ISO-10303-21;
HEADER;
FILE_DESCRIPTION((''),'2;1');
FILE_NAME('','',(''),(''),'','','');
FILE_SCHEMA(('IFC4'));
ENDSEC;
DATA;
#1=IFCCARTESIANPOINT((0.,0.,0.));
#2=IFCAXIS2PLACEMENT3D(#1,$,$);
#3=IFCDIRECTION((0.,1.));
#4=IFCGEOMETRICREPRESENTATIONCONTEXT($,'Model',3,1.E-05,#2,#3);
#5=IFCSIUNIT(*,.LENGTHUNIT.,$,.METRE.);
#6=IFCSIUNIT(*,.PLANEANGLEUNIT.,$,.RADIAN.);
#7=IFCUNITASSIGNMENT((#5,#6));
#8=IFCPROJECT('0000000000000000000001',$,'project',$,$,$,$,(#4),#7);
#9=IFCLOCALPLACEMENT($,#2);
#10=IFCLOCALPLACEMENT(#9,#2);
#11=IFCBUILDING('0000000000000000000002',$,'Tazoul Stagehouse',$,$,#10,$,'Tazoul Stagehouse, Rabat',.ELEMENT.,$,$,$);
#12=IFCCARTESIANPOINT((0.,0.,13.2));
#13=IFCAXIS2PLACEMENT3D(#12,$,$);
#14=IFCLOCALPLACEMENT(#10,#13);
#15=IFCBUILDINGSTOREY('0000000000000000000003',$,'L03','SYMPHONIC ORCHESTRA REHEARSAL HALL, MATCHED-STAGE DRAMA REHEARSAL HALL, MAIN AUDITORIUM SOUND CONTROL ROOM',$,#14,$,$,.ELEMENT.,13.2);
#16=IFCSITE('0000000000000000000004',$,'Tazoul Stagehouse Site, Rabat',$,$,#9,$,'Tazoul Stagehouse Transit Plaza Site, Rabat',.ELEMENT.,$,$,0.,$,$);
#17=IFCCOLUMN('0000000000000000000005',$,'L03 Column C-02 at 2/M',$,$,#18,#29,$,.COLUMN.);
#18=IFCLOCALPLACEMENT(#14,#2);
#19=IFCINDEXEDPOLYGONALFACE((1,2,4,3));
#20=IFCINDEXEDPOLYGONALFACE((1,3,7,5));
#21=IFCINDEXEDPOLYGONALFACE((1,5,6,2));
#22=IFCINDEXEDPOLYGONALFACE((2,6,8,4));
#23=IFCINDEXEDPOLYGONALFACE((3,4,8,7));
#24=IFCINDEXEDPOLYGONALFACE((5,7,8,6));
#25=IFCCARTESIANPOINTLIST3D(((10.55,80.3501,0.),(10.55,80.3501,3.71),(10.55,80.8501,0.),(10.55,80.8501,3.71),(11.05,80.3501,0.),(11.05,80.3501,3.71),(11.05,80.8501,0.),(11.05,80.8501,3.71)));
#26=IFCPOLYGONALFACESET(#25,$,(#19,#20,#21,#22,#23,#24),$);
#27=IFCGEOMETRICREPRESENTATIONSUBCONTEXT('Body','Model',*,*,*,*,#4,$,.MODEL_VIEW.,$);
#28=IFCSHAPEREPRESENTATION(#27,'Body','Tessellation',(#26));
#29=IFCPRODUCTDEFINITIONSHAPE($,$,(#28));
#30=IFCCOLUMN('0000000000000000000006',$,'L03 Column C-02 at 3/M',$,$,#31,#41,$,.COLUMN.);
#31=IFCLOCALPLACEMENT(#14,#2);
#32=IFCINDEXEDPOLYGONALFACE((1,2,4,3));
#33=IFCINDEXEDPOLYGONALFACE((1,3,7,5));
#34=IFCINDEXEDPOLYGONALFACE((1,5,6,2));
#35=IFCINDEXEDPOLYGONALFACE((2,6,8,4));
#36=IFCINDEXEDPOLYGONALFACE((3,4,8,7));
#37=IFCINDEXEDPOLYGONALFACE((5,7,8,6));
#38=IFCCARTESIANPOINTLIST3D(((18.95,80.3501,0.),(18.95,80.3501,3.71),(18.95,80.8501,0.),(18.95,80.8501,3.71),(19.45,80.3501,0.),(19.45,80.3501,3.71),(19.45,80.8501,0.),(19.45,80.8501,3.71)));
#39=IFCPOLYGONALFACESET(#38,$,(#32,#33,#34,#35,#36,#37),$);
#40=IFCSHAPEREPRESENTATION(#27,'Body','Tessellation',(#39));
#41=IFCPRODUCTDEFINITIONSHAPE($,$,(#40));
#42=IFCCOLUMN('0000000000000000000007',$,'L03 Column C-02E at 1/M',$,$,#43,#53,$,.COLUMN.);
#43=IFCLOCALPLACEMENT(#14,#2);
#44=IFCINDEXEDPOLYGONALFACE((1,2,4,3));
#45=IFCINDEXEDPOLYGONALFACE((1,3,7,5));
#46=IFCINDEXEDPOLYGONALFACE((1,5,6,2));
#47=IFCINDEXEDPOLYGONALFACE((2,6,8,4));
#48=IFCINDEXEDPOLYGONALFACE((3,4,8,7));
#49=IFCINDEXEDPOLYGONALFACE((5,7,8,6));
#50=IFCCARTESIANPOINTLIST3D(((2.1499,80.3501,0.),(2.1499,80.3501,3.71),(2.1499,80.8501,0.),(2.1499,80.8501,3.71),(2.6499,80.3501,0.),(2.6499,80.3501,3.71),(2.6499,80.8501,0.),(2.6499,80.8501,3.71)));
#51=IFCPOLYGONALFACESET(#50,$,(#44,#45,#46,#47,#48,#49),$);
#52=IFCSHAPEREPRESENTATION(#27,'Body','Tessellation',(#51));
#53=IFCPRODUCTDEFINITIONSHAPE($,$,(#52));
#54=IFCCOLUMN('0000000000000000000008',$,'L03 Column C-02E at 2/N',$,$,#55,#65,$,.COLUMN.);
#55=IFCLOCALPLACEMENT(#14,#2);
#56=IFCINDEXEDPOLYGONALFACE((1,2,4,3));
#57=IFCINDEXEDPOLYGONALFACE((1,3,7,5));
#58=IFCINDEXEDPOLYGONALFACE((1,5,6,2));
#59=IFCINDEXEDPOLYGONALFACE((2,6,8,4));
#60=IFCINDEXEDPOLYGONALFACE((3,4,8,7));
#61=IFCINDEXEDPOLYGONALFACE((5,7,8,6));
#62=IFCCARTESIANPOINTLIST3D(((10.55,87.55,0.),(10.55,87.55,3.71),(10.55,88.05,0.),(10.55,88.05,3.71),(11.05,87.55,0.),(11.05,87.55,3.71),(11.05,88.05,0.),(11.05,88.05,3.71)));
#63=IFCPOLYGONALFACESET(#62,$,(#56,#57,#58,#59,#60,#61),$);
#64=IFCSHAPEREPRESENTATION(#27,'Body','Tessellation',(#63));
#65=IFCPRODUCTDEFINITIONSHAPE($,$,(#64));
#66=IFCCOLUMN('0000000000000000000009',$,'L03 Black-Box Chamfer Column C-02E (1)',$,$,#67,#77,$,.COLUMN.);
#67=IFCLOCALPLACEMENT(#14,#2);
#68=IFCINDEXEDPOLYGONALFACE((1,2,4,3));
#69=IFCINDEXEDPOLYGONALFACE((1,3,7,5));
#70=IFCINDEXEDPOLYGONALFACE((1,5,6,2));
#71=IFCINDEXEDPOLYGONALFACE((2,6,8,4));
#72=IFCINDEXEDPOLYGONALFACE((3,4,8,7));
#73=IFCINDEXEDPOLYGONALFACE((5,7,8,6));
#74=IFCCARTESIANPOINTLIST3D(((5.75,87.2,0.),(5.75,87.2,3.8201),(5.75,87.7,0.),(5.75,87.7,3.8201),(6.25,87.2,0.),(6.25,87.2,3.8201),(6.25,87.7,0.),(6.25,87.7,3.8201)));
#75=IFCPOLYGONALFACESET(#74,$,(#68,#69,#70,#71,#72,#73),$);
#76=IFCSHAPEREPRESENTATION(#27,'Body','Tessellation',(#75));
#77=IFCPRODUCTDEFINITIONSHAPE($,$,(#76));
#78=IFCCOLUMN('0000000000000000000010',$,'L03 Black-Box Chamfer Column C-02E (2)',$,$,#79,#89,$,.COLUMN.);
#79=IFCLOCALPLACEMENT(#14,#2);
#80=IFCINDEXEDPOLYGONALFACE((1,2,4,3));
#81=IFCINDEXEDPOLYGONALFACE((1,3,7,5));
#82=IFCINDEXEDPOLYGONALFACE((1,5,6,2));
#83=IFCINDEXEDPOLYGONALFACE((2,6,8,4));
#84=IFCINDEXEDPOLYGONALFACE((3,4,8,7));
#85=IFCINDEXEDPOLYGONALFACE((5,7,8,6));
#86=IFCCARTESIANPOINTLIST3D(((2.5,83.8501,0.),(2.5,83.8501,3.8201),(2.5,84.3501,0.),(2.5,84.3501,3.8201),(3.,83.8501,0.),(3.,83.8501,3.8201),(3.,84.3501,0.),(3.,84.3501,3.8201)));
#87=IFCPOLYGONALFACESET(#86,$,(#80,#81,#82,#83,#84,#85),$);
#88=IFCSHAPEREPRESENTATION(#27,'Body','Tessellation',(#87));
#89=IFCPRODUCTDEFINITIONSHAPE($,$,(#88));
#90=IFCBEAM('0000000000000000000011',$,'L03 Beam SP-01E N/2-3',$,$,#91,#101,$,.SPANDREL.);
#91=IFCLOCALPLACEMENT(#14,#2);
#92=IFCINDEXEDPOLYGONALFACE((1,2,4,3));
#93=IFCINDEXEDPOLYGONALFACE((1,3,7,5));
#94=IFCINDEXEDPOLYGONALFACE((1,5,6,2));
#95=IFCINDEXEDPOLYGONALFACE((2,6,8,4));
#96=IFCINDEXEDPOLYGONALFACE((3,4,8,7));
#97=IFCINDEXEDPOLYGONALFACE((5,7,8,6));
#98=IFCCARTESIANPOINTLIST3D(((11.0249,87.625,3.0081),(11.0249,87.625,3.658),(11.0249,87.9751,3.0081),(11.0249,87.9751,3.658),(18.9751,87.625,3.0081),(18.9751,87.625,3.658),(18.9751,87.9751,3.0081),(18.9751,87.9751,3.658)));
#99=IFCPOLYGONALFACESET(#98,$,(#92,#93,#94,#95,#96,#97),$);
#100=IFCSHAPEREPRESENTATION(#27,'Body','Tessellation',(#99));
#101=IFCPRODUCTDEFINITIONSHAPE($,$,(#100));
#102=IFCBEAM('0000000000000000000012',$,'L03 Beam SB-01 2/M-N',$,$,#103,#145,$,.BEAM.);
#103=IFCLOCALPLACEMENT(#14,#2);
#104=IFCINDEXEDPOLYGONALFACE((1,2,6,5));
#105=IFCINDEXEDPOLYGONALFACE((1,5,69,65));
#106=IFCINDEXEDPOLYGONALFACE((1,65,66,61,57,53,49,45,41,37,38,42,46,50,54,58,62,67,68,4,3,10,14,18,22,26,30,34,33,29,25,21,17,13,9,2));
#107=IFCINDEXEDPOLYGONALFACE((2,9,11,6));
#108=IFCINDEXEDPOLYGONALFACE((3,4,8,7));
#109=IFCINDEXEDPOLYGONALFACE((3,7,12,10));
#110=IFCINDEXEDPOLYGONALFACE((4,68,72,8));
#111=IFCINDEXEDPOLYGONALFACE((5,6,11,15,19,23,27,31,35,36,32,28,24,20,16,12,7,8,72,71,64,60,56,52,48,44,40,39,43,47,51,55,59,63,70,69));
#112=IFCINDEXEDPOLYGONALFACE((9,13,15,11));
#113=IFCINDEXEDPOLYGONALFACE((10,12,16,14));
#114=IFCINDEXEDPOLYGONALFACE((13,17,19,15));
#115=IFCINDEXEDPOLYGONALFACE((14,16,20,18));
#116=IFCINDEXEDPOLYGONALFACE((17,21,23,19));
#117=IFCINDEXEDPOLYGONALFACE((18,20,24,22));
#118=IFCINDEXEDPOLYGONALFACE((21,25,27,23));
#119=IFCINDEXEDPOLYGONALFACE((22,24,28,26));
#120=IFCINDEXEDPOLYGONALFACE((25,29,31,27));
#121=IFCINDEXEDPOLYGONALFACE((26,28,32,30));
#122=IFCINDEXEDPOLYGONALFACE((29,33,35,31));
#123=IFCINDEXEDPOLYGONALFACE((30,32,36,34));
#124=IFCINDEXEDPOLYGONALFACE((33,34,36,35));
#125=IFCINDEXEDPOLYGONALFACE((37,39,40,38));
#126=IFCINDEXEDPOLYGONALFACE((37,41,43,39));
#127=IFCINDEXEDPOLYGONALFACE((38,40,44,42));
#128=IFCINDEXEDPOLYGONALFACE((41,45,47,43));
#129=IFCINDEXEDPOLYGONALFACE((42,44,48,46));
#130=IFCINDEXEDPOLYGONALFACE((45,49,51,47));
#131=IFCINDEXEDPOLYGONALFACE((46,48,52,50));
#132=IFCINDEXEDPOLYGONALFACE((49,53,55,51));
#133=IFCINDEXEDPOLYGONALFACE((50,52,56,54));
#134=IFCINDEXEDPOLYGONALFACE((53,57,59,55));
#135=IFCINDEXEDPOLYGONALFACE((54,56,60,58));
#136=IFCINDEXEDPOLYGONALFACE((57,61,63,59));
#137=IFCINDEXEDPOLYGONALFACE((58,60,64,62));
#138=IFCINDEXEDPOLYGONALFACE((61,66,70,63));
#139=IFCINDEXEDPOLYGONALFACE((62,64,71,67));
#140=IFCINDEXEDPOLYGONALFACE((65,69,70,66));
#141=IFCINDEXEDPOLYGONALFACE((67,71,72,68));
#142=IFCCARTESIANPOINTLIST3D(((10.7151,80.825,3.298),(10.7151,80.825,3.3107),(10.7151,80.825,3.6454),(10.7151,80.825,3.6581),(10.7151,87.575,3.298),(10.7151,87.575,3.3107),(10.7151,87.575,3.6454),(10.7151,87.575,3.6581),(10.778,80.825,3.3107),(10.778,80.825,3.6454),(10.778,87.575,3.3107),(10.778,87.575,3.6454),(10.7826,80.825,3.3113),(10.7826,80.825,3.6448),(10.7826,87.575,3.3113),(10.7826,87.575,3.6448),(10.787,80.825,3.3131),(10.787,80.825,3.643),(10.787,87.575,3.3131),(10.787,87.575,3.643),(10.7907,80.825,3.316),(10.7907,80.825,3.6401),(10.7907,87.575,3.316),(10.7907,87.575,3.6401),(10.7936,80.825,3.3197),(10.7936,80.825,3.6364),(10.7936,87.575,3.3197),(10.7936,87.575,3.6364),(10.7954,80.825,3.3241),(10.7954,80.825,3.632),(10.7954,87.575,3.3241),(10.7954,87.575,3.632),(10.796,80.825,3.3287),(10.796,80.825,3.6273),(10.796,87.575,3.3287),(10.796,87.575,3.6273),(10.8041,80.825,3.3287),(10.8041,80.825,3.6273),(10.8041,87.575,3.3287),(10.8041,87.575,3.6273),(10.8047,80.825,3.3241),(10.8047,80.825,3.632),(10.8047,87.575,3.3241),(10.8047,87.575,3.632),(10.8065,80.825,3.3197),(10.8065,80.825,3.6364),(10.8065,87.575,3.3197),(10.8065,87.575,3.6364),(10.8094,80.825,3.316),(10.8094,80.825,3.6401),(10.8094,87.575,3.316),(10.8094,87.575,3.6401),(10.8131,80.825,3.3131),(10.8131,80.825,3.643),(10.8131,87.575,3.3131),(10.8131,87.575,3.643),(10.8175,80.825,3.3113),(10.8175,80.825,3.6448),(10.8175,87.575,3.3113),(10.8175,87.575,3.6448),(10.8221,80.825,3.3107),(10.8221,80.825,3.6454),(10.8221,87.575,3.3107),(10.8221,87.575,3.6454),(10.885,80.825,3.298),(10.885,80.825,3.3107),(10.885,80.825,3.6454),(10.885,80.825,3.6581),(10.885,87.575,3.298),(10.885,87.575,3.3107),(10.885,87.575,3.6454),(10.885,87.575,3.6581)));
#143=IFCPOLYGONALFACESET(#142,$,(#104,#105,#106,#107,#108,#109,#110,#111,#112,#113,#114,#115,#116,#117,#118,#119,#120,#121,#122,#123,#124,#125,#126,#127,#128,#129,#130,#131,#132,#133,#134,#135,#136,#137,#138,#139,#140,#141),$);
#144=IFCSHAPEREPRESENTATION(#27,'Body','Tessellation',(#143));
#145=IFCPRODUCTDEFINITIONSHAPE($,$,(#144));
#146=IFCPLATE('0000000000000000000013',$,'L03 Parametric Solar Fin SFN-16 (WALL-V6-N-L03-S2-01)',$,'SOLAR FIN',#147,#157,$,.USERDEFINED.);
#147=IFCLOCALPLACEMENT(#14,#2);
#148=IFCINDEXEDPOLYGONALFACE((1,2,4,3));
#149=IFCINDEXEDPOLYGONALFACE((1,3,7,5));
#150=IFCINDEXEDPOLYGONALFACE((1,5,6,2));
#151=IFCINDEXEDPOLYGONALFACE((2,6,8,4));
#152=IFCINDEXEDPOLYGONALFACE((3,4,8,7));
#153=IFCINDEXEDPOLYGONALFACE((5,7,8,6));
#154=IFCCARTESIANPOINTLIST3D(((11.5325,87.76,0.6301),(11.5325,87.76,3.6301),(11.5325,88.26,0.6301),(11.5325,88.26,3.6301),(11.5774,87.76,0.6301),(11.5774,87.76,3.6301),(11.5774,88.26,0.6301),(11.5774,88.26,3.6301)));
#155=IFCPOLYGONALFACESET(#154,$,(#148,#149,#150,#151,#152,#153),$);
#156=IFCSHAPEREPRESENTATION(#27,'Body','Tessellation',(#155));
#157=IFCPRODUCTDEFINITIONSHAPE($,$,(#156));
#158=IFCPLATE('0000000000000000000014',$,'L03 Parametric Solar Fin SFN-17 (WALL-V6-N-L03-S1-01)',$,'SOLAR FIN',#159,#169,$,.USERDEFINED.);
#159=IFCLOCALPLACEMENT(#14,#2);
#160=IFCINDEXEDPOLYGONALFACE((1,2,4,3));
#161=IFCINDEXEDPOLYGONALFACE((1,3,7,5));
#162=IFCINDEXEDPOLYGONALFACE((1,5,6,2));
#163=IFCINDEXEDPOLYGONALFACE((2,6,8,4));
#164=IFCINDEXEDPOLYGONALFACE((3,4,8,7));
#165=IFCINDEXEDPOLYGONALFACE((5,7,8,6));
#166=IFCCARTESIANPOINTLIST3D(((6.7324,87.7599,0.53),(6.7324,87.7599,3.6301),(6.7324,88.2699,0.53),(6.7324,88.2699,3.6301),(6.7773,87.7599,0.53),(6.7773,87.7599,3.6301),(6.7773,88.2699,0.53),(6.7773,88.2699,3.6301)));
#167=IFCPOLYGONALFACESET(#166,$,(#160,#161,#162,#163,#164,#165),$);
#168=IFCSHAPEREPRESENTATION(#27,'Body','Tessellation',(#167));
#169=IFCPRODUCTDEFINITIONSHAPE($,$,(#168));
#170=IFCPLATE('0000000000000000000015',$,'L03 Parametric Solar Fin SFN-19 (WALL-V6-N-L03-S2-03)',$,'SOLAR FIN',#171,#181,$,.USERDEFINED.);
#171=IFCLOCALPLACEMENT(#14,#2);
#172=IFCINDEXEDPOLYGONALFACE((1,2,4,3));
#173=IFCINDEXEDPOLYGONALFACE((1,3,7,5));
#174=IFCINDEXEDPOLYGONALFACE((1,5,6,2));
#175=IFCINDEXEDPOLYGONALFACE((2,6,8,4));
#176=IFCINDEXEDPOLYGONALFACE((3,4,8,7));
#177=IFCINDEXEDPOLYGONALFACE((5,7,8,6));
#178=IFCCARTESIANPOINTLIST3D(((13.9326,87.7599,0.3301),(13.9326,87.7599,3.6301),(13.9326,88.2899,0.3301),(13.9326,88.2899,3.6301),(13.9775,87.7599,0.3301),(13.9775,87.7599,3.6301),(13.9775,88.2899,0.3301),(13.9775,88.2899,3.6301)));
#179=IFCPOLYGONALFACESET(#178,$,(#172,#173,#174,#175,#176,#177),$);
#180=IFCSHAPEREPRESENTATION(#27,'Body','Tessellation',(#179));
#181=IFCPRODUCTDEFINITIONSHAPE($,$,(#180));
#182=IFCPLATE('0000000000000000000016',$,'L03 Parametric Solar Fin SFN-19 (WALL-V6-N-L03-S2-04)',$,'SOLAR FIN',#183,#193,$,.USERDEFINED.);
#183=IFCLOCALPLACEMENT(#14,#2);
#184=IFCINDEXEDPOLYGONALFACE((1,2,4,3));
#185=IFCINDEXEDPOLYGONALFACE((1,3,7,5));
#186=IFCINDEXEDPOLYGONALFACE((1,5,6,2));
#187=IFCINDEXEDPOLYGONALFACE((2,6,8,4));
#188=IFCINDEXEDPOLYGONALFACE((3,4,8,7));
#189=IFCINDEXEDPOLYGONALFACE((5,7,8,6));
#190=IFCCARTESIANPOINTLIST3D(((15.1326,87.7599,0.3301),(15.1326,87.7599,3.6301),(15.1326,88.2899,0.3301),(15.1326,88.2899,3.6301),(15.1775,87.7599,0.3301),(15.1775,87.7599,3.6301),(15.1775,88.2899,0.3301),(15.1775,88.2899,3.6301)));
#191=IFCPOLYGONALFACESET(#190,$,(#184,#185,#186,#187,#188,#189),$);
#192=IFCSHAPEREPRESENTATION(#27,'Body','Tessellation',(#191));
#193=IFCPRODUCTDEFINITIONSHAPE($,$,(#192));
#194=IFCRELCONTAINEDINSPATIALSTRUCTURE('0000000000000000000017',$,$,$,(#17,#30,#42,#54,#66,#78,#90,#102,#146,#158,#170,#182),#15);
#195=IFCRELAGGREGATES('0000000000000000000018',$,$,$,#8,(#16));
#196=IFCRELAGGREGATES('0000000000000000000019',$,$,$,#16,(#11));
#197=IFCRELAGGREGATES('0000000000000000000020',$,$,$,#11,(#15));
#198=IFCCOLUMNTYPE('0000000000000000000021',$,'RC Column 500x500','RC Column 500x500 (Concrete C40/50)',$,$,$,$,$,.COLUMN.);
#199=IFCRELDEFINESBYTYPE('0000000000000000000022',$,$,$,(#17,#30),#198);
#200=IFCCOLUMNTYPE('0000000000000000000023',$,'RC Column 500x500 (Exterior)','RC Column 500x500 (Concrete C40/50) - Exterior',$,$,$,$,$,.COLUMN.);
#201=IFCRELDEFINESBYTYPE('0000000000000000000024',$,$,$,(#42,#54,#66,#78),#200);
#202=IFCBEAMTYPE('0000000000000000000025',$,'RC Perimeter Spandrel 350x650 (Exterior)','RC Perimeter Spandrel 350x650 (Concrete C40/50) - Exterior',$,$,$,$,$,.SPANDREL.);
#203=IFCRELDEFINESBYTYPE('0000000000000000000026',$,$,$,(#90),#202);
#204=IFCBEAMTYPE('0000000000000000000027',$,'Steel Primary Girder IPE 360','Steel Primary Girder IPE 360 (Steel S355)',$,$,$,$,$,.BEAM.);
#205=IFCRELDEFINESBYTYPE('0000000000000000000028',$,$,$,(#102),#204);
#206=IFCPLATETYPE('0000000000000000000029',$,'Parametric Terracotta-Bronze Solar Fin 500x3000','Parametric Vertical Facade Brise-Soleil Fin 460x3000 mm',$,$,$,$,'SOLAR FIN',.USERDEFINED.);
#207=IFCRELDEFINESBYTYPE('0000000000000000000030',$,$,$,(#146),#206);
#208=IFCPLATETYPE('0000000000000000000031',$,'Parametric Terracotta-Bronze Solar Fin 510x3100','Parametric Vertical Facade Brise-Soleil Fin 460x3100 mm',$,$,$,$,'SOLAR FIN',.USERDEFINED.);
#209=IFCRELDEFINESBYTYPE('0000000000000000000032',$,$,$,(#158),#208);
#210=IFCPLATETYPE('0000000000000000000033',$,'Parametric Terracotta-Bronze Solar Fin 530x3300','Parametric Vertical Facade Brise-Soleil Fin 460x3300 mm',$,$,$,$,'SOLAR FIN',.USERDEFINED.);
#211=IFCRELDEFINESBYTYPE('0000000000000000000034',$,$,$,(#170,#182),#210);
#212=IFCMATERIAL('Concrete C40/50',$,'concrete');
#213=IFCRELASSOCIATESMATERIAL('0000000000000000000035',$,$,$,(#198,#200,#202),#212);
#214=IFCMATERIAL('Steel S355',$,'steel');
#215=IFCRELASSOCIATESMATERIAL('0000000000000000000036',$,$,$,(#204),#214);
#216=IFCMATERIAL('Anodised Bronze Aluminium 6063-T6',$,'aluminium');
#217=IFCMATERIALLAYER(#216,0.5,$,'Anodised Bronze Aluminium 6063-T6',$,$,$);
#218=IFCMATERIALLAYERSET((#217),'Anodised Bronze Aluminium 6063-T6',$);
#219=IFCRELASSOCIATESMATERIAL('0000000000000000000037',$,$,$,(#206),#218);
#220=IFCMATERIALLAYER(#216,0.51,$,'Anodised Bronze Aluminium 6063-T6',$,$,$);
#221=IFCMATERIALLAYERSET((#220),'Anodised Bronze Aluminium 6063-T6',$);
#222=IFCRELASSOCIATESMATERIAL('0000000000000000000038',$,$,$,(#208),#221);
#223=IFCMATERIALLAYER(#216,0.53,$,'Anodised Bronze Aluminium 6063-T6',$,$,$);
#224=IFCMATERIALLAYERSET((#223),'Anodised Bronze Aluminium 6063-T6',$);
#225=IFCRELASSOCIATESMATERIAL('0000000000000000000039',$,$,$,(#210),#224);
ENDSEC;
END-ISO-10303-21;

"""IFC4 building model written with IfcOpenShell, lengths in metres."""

from ifc_helpers import new_model, si_unit, direction, frame, origin, origin_2d, place, context, subcontext, project, spatial, rectangle, i_section, extrude, material, layer, layer_set, material_profile, profile_set, type_object, element, save


model = new_model("IFC4")

# Units and contexts
model_context = context("Model", 3, precision=1e-05, world=origin(), true_north=direction((0.0, 1.0)))
body_context = subcontext(model_context, "Body", "Model", "MODEL_VIEW")
ifc_project = project(units=[si_unit("LENGTHUNIT", "METRE"), si_unit("PLANEANGLEUNIT", "RADIAN")], contexts=[model_context])

# Site, building, storey
site_placement = place(None, origin())
site = spatial("IfcSite", under=ifc_project, at=site_placement, Name="Tazoul Stagehouse Site, Rabat", LongName="Tazoul Stagehouse Transit Plaza Site, Rabat", CompositionType="ELEMENT", RefElevation=0.0)
building_placement = place(site_placement, origin())
building = spatial("IfcBuilding", under=site, at=building_placement, Name="Tazoul Stagehouse", LongName="Tazoul Stagehouse, Rabat", CompositionType="ELEMENT")
storey_placement = place(building_placement, frame((0.0, 0.0, 13.2)))
storey = spatial("IfcBuildingStorey", under=building, at=storey_placement, Name="L03", Description="SYMPHONIC ORCHESTRA REHEARSAL HALL, MATCHED-STAGE DRAMA REHEARSAL HALL, MAIN AUDITORIUM SOUND CONTROL ROOM", CompositionType="ELEMENT", Elevation=13.2)

# Columns
ifc_material_1 = material(Name="Concrete C40/50", Category="concrete")
ifc_material_profile_1 = material_profile(ifc_material_1, rectangle(XDim=0.5, YDim=0.5, at=origin_2d()), Name="RC 500x500")
ifc_profile_set_1 = profile_set([ifc_material_profile_1], Name="Concrete C40/50")
column_type_1 = type_object("IfcColumnType", Name="RC Column 500x500", Description="RC Column 500x500 (Concrete C40/50)", PredefinedType="COLUMN", material=ifc_profile_set_1)
for number, where, z_axis, x_axis, name in (
    (1, (10.8, 80.6001, 0.0), (0.0, 0.0, 1.0), (1.0, 0.0, 0.0), "L03 Column C-02 at 2/M"),
    (2, (19.2, 80.6001, 0.0), (0.0, 0.0, 1.0), (1.0, 0.0, 0.0), "L03 Column C-02 at 3/M"),
):
    element("IfcColumn", number, at=place(storey_placement, frame(where, z_axis=z_axis, x_axis=x_axis)), inside=storey, type_object=column_type_1, Name=name, PredefinedType="COLUMN", context=body_context, shape_type="SweptSolid", body=[
        extrude(rectangle(XDim=0.5, YDim=0.5, at=origin_2d()), origin(), (0.0, 0.0, 1.0), 3.71),
    ])
ifc_material_profile_2 = material_profile(ifc_material_1, rectangle(XDim=0.5, YDim=0.5, at=origin_2d()), Name="RC 500x500")
ifc_profile_set_2 = profile_set([ifc_material_profile_2], Name="Concrete C40/50")
column_type_2 = type_object("IfcColumnType", Name="RC Column 500x500 (Exterior)", Description="RC Column 500x500 (Concrete C40/50) - Exterior", PredefinedType="COLUMN", material=ifc_profile_set_2)
for number, where, z_axis, x_axis, name in (
    (3, (2.3999, 80.6001, 0.0), (0.0, 0.0, 1.0), (1.0, 0.0, 0.0), "L03 Column C-02E at 1/M"),
    (4, (10.8, 87.8, 0.0), (0.0, 0.0, 1.0), (1.0, 0.0, 0.0), "L03 Column C-02E at 2/N"),
):
    element("IfcColumn", number, at=place(storey_placement, frame(where, z_axis=z_axis, x_axis=x_axis)), inside=storey, type_object=column_type_2, Name=name, PredefinedType="COLUMN", context=body_context, shape_type="SweptSolid", body=[
        extrude(rectangle(XDim=0.5, YDim=0.5, at=origin_2d()), origin(), (0.0, 0.0, 1.0), 3.71),
    ])
for number, where, z_axis, x_axis, name in (
    (5, (6.0, 87.45, 0.0), (0.0, 0.0, 1.0), (1.0, 0.0, 0.0), "L03 Black-Box Chamfer Column C-02E (1)"),
    (6, (2.75, 84.1001, 0.0), (0.0, 0.0, 1.0), (1.0, 0.0, 0.0), "L03 Black-Box Chamfer Column C-02E (2)"),
):
    element("IfcColumn", number, at=place(storey_placement, frame(where, z_axis=z_axis, x_axis=x_axis)), inside=storey, type_object=column_type_2, Name=name, PredefinedType="COLUMN", context=body_context, shape_type="SweptSolid", body=[
        extrude(rectangle(XDim=0.5, YDim=0.5, at=origin_2d()), origin(), (0.0, 0.0, 1.0), 3.8201),
    ])

# Beams
ifc_material_profile_3 = material_profile(ifc_material_1, rectangle(XDim=0.3501, YDim=0.6499, at=origin_2d()), Name="RC 350x650")
ifc_profile_set_3 = profile_set([ifc_material_profile_3], Name="Concrete C40/50")
beam_type_1 = type_object("IfcBeamType", Name="RC Perimeter Spandrel 350x650 (Exterior)", Description="RC Perimeter Spandrel 350x650 (Concrete C40/50) - Exterior", PredefinedType="SPANDREL", material=ifc_profile_set_3)
beam_1_placement = place(storey_placement, frame((11.0249, 87.8, 3.333), z_axis=(1.0, 0.0, 0.0), x_axis=(0.0, 1.0, 0.0)))
element("IfcBeam", 7, at=beam_1_placement, inside=storey, type_object=beam_type_1, Name="L03 Beam SP-01E N/2-3", PredefinedType="SPANDREL", context=body_context, shape_type="SweptSolid", body=[
    extrude(rectangle(XDim=0.3501, YDim=0.6499, at=origin_2d()), origin(), (0.0, 0.0, 1.0), 7.9502),
])
ifc_material_2 = material(Name="Steel S355", Category="steel")
ifc_material_profile_4 = material_profile(ifc_material_2, i_section(OverallWidth=0.1699, OverallDepth=0.3601, WebThickness=0.0081, FlangeThickness=0.0127, FilletRadius=0.0181, at=origin_2d()), Name="IPE 360")
ifc_profile_set_4 = profile_set([ifc_material_profile_4], Name="Steel S355")
beam_type_2 = type_object("IfcBeamType", Name="Steel Primary Girder IPE 360", Description="Steel Primary Girder IPE 360 (Steel S355)", PredefinedType="BEAM", material=ifc_profile_set_4)
beam_2_placement = place(storey_placement, frame((10.8, 80.825, 3.478), z_axis=(0.0, 1.0, 0.0), x_axis=(-1.0, 0.0, 0.0)))
element("IfcBeam", 8, at=beam_2_placement, inside=storey, type_object=beam_type_2, Name="L03 Beam SB-01 2/M-N", PredefinedType="BEAM", context=body_context, shape_type="SweptSolid", body=[
    extrude(i_section(OverallWidth=0.1699, OverallDepth=0.3601, WebThickness=0.0081, FlangeThickness=0.0127, FilletRadius=0.0181, at=origin_2d()), origin(), (0.0, 0.0, 1.0), 6.75),
])

# Plates
ifc_material_3 = material(Name="Anodised Bronze Aluminium 6063-T6", Category="aluminium")
ifc_layer_1 = layer(ifc_material_3, 0.5, Name="Anodised Bronze Aluminium 6063-T6")
ifc_layer_set_1 = layer_set([ifc_layer_1], Name="Anodised Bronze Aluminium 6063-T6")
plate_type_1 = type_object("IfcPlateType", Name="Parametric Terracotta-Bronze Solar Fin 500x3000", Description="Parametric Vertical Facade Brise-Soleil Fin 460x3000 mm", ElementType="SOLAR FIN", PredefinedType="USERDEFINED", material=ifc_layer_set_1)
plate_1_placement = place(storey_placement, frame((11.5549, 88.01, 0.6301), z_axis=(0.0, 0.0, 1.0), x_axis=(1.0, 0.0, 0.0)))
element("IfcPlate", 9, at=plate_1_placement, inside=storey, type_object=plate_type_1, Name="L03 Parametric Solar Fin SFN-16 (WALL-V6-N-L03-S2-01)", ObjectType="SOLAR FIN", PredefinedType="USERDEFINED", context=body_context, shape_type="SweptSolid", body=[
    extrude(rectangle(XDim=0.0449, YDim=0.5, at=origin_2d()), origin(), (0.0, 0.0, 1.0), 3.0),
])
ifc_layer_2 = layer(ifc_material_3, 0.51, Name="Anodised Bronze Aluminium 6063-T6")
ifc_layer_set_2 = layer_set([ifc_layer_2], Name="Anodised Bronze Aluminium 6063-T6")
plate_type_2 = type_object("IfcPlateType", Name="Parametric Terracotta-Bronze Solar Fin 510x3100", Description="Parametric Vertical Facade Brise-Soleil Fin 460x3100 mm", ElementType="SOLAR FIN", PredefinedType="USERDEFINED", material=ifc_layer_set_2)
plate_2_placement = place(storey_placement, frame((6.7549, 88.0149, 0.53), z_axis=(0.0, 0.0, 1.0), x_axis=(1.0, 0.0, 0.0)))
element("IfcPlate", 10, at=plate_2_placement, inside=storey, type_object=plate_type_2, Name="L03 Parametric Solar Fin SFN-17 (WALL-V6-N-L03-S1-01)", ObjectType="SOLAR FIN", PredefinedType="USERDEFINED", context=body_context, shape_type="SweptSolid", body=[
    extrude(rectangle(XDim=0.0449, YDim=0.51, at=origin_2d()), origin(), (0.0, 0.0, 1.0), 3.1001),
])
ifc_layer_3 = layer(ifc_material_3, 0.53, Name="Anodised Bronze Aluminium 6063-T6")
ifc_layer_set_3 = layer_set([ifc_layer_3], Name="Anodised Bronze Aluminium 6063-T6")
plate_type_3 = type_object("IfcPlateType", Name="Parametric Terracotta-Bronze Solar Fin 530x3300", Description="Parametric Vertical Facade Brise-Soleil Fin 460x3300 mm", ElementType="SOLAR FIN", PredefinedType="USERDEFINED", material=ifc_layer_set_3)
for number, where, z_axis, x_axis, name in (
    (11, (13.9551, 88.0249, 0.3301), (0.0, 0.0, 1.0), (1.0, 0.0, 0.0), "L03 Parametric Solar Fin SFN-19 (WALL-V6-N-L03-S2-03)"),
    (12, (15.155, 88.0249, 0.3301), (0.0, 0.0, 1.0), (1.0, 0.0, 0.0), "L03 Parametric Solar Fin SFN-19 (WALL-V6-N-L03-S2-04)"),
):
    element("IfcPlate", number, at=place(storey_placement, frame(where, z_axis=z_axis, x_axis=x_axis)), inside=storey, type_object=plate_type_3, Name=name, ObjectType="SOLAR FIN", PredefinedType="USERDEFINED", context=body_context, shape_type="SweptSolid", body=[
        extrude(rectangle(XDim=0.0449, YDim=0.53, at=origin_2d()), origin(), (0.0, 0.0, 1.0), 3.3),
    ])

save(model, "model.ifc")
